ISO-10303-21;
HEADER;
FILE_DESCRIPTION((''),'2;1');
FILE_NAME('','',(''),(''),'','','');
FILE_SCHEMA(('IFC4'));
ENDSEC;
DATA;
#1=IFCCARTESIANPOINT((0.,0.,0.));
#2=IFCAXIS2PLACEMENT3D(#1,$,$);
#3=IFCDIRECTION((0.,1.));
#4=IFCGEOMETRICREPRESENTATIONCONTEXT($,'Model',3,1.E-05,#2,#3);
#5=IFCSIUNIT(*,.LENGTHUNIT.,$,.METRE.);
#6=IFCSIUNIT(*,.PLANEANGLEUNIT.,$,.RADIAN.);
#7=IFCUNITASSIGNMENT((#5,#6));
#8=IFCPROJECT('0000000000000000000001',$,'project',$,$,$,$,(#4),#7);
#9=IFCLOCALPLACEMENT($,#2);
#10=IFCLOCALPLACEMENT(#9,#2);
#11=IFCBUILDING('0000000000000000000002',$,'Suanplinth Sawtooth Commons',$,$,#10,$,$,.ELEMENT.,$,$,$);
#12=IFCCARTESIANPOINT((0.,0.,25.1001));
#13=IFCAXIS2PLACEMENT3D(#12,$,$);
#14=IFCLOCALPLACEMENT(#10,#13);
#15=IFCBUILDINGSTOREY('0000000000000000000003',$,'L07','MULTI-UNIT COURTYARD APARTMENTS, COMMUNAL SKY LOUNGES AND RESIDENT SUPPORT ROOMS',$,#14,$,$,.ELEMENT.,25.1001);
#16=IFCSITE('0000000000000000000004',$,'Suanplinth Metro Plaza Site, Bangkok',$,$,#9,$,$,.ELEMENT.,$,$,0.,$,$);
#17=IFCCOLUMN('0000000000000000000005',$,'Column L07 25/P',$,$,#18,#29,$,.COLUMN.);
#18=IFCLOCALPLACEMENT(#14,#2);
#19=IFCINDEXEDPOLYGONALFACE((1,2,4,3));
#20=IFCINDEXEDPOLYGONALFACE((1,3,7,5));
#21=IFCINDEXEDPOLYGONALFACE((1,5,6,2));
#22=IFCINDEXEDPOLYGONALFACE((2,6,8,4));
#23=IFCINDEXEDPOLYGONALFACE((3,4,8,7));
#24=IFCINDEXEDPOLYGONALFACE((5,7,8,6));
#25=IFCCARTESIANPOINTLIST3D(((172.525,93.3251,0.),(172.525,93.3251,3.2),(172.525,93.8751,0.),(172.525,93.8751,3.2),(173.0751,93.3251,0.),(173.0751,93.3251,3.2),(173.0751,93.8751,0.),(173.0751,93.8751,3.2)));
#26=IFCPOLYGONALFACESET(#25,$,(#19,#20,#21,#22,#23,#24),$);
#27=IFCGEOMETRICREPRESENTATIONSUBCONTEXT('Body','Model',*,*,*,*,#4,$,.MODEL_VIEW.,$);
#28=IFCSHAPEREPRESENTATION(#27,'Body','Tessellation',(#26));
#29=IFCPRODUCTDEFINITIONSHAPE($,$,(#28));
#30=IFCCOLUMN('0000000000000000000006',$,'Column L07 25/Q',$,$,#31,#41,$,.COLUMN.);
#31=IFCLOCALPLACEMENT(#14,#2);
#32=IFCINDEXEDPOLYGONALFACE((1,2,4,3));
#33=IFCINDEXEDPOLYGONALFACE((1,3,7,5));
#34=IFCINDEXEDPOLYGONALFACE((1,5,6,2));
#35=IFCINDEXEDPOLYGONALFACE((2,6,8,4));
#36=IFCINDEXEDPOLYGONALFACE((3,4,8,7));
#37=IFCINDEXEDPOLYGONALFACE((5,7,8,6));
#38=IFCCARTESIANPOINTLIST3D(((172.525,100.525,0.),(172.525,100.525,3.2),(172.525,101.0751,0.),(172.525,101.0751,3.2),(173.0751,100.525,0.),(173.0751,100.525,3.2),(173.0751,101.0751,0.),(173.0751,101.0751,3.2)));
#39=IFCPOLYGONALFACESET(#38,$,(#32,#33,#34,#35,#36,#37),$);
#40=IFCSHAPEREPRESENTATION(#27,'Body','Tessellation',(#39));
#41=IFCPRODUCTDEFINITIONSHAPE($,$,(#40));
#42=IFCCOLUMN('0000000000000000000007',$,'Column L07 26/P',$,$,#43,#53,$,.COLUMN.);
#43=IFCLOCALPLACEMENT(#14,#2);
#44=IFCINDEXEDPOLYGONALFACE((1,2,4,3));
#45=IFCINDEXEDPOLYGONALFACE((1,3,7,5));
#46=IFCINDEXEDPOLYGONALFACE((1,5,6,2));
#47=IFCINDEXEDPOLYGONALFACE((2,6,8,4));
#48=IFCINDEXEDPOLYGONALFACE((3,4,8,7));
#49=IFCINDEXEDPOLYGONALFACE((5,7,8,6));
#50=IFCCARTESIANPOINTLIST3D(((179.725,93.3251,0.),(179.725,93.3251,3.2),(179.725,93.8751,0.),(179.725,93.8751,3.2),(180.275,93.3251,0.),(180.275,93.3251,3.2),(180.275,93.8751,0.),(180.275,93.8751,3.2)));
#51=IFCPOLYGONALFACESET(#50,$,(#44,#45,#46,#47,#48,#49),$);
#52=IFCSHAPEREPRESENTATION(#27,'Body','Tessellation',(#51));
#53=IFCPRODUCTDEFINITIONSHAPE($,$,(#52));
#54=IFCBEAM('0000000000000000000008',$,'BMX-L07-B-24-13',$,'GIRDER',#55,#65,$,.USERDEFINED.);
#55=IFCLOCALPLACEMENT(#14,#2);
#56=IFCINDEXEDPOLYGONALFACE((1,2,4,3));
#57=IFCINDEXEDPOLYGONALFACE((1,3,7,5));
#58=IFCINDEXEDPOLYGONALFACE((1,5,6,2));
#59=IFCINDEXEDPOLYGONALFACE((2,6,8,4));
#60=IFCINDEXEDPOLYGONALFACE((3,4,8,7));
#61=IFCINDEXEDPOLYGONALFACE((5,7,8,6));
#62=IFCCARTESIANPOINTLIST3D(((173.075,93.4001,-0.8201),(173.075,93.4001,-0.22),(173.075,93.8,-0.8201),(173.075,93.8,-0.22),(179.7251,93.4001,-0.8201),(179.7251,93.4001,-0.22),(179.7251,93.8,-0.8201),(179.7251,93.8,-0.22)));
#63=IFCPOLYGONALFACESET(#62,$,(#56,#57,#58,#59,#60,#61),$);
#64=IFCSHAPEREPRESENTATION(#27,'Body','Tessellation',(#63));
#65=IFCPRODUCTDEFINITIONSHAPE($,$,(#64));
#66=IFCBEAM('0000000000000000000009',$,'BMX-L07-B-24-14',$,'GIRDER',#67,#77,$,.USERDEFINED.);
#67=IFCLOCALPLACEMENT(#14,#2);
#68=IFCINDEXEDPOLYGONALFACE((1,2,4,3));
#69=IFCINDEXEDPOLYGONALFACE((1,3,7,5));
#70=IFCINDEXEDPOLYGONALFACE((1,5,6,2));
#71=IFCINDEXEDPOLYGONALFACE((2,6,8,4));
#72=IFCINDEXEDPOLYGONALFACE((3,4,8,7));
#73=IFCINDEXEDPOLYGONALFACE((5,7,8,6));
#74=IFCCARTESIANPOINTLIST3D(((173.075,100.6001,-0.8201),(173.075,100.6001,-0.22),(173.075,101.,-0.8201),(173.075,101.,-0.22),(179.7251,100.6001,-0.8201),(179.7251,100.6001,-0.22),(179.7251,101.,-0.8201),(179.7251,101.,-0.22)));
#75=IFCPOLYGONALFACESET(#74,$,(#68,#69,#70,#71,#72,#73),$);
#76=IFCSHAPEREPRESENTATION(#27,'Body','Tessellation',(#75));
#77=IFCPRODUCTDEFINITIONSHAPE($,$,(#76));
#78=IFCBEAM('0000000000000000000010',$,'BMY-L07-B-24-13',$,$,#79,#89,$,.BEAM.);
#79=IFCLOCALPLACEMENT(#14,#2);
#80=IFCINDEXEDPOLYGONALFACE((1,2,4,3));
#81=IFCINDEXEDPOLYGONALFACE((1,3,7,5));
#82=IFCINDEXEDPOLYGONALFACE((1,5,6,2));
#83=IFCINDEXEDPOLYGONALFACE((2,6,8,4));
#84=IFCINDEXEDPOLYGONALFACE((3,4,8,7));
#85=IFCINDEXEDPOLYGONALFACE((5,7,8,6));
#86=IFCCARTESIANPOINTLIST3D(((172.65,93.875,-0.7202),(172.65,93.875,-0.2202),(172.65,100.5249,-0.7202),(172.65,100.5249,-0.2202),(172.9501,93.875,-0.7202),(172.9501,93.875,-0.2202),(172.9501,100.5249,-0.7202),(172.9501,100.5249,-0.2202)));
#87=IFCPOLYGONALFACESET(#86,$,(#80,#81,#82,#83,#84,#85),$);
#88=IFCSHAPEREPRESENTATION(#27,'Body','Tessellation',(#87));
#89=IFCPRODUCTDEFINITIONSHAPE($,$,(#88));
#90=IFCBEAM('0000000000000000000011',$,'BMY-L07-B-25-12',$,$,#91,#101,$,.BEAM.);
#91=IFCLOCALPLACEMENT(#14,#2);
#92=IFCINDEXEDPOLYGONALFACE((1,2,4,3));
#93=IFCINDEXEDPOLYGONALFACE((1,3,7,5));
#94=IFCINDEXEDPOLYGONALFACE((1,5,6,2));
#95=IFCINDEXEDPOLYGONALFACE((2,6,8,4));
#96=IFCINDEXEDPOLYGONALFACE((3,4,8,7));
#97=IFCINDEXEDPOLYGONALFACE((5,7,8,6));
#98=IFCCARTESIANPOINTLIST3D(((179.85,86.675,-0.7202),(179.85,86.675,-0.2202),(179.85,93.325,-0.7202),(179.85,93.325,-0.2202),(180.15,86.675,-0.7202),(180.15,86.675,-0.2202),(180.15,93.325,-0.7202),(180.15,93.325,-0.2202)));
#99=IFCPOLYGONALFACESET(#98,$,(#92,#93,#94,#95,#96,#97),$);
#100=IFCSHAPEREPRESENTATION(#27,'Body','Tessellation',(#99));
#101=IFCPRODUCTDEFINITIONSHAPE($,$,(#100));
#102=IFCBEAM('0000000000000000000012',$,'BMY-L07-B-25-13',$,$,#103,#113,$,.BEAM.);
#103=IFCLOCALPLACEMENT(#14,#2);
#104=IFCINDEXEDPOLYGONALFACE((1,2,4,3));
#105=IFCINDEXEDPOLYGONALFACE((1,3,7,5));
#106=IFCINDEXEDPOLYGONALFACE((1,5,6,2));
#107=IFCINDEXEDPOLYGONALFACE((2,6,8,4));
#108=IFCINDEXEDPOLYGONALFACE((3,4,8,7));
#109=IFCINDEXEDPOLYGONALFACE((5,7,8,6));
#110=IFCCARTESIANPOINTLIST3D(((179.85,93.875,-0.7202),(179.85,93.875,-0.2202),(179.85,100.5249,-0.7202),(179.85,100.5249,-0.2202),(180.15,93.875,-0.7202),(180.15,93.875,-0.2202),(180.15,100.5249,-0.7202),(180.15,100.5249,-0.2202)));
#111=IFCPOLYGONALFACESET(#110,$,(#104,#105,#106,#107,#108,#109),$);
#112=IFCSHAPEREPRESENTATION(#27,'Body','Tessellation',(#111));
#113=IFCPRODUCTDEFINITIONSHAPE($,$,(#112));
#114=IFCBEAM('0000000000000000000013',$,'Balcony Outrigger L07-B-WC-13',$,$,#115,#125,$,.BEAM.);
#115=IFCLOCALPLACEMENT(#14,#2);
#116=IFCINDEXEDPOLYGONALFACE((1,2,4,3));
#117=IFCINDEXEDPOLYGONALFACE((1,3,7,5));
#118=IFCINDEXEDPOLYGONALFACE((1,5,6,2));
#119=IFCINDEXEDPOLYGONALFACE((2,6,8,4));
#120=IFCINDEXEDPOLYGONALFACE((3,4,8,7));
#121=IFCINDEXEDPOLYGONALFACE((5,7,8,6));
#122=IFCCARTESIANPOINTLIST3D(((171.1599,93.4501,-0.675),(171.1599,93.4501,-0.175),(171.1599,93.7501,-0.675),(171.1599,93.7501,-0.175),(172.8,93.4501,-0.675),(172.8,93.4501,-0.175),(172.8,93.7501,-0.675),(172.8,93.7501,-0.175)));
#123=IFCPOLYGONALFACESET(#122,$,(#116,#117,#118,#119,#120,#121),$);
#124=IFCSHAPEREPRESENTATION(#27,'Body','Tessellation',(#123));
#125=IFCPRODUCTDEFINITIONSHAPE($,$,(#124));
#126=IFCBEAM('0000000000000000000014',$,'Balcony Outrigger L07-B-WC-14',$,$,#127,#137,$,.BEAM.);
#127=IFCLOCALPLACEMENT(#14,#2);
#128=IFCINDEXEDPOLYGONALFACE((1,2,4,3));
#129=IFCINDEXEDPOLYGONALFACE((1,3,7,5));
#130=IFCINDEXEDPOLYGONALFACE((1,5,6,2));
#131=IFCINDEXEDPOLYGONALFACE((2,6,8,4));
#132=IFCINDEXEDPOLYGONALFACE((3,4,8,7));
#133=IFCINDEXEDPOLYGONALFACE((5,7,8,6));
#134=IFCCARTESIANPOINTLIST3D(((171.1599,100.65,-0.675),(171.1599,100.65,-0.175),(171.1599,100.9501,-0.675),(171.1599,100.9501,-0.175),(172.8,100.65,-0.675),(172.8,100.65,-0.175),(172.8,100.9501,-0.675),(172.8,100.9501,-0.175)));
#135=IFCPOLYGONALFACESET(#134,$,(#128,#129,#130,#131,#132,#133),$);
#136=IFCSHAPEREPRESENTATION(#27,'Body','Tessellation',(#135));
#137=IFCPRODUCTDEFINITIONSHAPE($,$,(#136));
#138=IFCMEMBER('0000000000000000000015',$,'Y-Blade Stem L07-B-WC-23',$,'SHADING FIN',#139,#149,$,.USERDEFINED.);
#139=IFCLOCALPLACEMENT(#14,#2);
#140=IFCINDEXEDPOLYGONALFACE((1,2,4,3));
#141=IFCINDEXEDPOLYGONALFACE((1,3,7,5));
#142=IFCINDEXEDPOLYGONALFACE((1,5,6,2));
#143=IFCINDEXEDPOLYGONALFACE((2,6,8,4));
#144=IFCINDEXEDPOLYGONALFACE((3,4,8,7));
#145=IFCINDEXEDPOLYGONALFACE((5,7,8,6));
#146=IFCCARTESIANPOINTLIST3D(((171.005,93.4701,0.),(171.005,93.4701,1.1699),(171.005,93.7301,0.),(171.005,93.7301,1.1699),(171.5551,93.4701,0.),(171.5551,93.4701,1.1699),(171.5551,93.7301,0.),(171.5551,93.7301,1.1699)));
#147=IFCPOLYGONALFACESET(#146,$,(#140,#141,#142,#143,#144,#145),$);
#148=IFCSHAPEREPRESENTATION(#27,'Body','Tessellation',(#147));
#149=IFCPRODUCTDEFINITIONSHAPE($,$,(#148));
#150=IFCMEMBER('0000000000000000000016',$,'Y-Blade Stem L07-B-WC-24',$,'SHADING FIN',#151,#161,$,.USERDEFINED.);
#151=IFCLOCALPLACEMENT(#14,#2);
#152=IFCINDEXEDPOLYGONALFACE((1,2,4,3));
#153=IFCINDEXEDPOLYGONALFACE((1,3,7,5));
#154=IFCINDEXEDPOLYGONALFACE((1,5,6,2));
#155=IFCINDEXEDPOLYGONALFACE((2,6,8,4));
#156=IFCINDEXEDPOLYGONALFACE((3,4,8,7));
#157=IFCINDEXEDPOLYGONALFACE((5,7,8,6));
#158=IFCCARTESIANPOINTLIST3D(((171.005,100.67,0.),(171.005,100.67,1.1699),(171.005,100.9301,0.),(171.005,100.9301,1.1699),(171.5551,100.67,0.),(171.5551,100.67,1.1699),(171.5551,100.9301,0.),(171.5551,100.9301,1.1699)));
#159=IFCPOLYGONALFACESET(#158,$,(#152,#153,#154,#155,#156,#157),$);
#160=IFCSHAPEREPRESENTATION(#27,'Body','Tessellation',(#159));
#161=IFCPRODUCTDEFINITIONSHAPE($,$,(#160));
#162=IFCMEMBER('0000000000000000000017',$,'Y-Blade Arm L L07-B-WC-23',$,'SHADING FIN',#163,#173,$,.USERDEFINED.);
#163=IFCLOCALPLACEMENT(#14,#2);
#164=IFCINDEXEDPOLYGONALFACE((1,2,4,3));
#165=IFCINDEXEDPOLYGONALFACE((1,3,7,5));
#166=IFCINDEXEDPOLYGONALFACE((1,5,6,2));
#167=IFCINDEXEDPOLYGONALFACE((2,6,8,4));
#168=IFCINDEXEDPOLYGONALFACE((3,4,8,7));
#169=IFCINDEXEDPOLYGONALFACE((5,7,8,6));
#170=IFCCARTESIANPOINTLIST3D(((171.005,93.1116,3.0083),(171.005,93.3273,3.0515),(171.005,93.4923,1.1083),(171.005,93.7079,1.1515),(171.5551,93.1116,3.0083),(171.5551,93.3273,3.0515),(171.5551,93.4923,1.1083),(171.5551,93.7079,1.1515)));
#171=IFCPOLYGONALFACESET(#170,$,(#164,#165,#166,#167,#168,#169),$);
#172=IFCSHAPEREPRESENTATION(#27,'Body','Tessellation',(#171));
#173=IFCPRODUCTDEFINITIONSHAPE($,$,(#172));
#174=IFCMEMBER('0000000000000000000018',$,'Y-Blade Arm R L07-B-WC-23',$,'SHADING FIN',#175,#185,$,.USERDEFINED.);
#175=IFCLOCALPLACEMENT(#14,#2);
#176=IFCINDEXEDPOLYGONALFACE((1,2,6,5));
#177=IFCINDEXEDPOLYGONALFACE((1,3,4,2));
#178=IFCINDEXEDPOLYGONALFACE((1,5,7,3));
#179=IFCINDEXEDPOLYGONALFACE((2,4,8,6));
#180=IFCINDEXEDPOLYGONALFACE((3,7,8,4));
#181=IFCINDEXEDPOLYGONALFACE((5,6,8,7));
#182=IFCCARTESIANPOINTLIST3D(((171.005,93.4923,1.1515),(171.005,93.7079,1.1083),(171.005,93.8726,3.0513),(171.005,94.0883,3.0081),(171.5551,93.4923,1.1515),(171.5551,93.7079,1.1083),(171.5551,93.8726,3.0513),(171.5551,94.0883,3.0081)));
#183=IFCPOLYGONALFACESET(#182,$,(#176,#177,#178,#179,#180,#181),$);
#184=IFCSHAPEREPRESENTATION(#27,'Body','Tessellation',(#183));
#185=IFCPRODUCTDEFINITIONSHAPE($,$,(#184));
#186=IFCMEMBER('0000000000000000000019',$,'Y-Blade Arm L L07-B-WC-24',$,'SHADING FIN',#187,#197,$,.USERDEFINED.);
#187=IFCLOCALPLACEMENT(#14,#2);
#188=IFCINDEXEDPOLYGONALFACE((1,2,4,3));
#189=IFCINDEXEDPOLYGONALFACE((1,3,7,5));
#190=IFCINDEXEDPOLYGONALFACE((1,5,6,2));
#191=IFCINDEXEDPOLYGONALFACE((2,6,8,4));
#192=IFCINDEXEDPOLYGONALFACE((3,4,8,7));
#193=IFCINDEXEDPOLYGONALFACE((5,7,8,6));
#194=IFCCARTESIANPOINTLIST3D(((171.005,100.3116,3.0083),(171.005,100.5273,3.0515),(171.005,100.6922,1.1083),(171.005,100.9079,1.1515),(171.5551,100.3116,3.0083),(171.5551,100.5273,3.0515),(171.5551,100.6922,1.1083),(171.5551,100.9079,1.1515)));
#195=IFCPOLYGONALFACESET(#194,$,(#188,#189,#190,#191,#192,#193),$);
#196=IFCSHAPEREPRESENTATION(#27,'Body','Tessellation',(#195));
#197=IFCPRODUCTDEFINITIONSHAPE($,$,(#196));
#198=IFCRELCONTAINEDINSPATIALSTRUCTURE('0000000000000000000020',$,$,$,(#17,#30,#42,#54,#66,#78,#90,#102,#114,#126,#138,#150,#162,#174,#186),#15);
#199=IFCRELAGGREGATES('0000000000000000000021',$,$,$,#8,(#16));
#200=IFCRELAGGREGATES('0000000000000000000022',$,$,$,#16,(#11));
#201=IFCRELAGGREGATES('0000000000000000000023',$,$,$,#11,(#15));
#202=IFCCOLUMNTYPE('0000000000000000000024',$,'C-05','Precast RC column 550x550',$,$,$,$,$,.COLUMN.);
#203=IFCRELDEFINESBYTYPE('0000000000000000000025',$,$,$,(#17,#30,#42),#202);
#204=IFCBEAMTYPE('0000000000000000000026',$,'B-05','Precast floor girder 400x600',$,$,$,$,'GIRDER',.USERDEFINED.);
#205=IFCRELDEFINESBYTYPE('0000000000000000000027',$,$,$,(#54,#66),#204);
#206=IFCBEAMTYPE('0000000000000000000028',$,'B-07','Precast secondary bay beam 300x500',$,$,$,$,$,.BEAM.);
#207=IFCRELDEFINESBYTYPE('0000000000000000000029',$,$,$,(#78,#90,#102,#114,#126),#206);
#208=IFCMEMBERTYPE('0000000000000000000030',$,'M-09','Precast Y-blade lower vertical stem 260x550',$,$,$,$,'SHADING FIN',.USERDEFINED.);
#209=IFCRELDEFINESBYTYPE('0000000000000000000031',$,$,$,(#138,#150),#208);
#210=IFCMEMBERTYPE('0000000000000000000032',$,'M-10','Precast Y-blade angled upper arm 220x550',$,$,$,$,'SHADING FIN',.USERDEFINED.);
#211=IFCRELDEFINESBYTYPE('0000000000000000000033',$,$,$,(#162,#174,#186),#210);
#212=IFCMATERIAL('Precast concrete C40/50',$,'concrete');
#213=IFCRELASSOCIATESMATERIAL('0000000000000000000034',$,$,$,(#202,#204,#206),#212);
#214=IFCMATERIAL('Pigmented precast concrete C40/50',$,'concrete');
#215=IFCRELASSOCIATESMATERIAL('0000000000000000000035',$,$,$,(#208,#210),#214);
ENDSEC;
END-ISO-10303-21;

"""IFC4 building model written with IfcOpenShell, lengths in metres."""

from ifc_helpers import new_model, si_unit, direction, frame, origin, origin_2d, place, context, subcontext, project, spatial, rectangle, extrude, material, material_profile, profile_set, type_object, element, save


model = new_model("IFC4")

# Units and contexts
model_context = context("Model", 3, precision=1e-05, world=origin(), true_north=direction((0.0, 1.0)))
body_context = subcontext(model_context, "Body", "Model", "MODEL_VIEW")
ifc_project = project(units=[si_unit("LENGTHUNIT", "METRE"), si_unit("PLANEANGLEUNIT", "RADIAN")], contexts=[model_context])

# Site, building, storey
site_placement = place(None, origin())
site = spatial("IfcSite", under=ifc_project, at=site_placement, Name="Suanplinth Metro Plaza Site, Bangkok", CompositionType="ELEMENT", RefElevation=0.0)
building_placement = place(site_placement, origin())
building = spatial("IfcBuilding", under=site, at=building_placement, Name="Suanplinth Sawtooth Commons", CompositionType="ELEMENT")
storey_placement = place(building_placement, frame((0.0, 0.0, 25.1001)))
storey = spatial("IfcBuildingStorey", under=building, at=storey_placement, Name="L07", Description="MULTI-UNIT COURTYARD APARTMENTS, COMMUNAL SKY LOUNGES AND RESIDENT SUPPORT ROOMS", CompositionType="ELEMENT", Elevation=25.1001)

# Columns
ifc_material_1 = material(Name="Precast concrete C40/50", Category="concrete")
ifc_material_profile_1 = material_profile(ifc_material_1, rectangle(XDim=0.55, YDim=0.55, at=origin_2d()), Name="PC-COL 550x550")
ifc_profile_set_1 = profile_set([ifc_material_profile_1], Name="Precast concrete C40/50")
column_type = type_object("IfcColumnType", Name="C-05", Description="Precast RC column 550x550", PredefinedType="COLUMN", material=ifc_profile_set_1)
for number, where, z_axis, x_axis, name in (
    (1, (172.8, 93.6001, 0.0), (0.0, 0.0, 1.0), (1.0, 0.0, 0.0), "Column L07 25/P"),
    (2, (172.8, 100.8, 0.0), (0.0, 0.0, 1.0), (1.0, 0.0, 0.0), "Column L07 25/Q"),
    (3, (180.0, 93.6001, 0.0), (0.0, 0.0, 1.0), (1.0, 0.0, 0.0), "Column L07 26/P"),
):
    element("IfcColumn", number, at=place(storey_placement, frame(where, z_axis=z_axis, x_axis=x_axis)), inside=storey, type_object=column_type, Name=name, PredefinedType="COLUMN", context=body_context, shape_type="SweptSolid", body=[
        extrude(rectangle(XDim=0.55, YDim=0.55, at=origin_2d()), origin(), (0.0, 0.0, 1.0), 3.2),
    ])

# Beams
ifc_material_profile_2 = material_profile(ifc_material_1, rectangle(XDim=0.3999, YDim=0.6001, at=origin_2d()), Name="PC-GDR 400x600")
ifc_profile_set_2 = profile_set([ifc_material_profile_2], Name="Precast concrete C40/50")
beam_type_1 = type_object("IfcBeamType", Name="B-05", Description="Precast floor girder 400x600", ElementType="GIRDER", PredefinedType="USERDEFINED", material=ifc_profile_set_2)
for number, where, z_axis, x_axis, name in (
    (4, (173.075, 93.6001, -0.52), (1.0, 0.0, 0.0), (0.0, 1.0, 0.0), "BMX-L07-B-24-13"),
    (5, (173.075, 100.8, -0.52), (1.0, 0.0, 0.0), (0.0, 1.0, 0.0), "BMX-L07-B-24-14"),
):
    element("IfcBeam", number, at=place(storey_placement, frame(where, z_axis=z_axis, x_axis=x_axis)), inside=storey, type_object=beam_type_1, Name=name, ObjectType="GIRDER", PredefinedType="USERDEFINED", context=body_context, shape_type="SweptSolid", body=[
        extrude(rectangle(XDim=0.3999, YDim=0.6001, at=origin_2d()), origin(), (0.0, 0.0, 1.0), 6.6501),
    ])
ifc_material_profile_3 = material_profile(ifc_material_1, rectangle(XDim=0.3, YDim=0.5, at=origin_2d()), Name="PC-BM 300x500")
ifc_profile_set_3 = profile_set([ifc_material_profile_3], Name="Precast concrete C40/50")
beam_type_2 = type_object("IfcBeamType", Name="B-07", Description="Precast secondary bay beam 300x500", PredefinedType="BEAM", material=ifc_profile_set_3)
for number, where, z_axis, x_axis, name in (
    (6, (172.8, 93.875, -0.4702), (0.0, 1.0, 0.0), (-1.0, 0.0, 0.0), "BMY-L07-B-24-13"),
    (7, (180.0, 86.675, -0.4702), (0.0, 1.0, 0.0), (-1.0, 0.0, 0.0), "BMY-L07-B-25-12"),
    (8, (180.0, 93.875, -0.4702), (0.0, 1.0, 0.0), (-1.0, 0.0, 0.0), "BMY-L07-B-25-13"),
):
    element("IfcBeam", number, at=place(storey_placement, frame(where, z_axis=z_axis, x_axis=x_axis)), inside=storey, type_object=beam_type_2, Name=name, PredefinedType="BEAM", context=body_context, shape_type="SweptSolid", body=[
        extrude(rectangle(XDim=0.3, YDim=0.5, at=origin_2d()), origin(), (0.0, 0.0, 1.0), 6.6499),
    ])
for number, where, z_axis, x_axis, name in (
    (9, (172.8, 93.6001, -0.425), (-1.0, 0.0, 0.0), (0.0, -1.0, 0.0), "Balcony Outrigger L07-B-WC-13"),
    (10, (172.8, 100.8, -0.425), (-1.0, 0.0, 0.0), (0.0, -1.0, 0.0), "Balcony Outrigger L07-B-WC-14"),
):
    element("IfcBeam", number, at=place(storey_placement, frame(where, z_axis=z_axis, x_axis=x_axis)), inside=storey, type_object=beam_type_2, Name=name, PredefinedType="BEAM", context=body_context, shape_type="SweptSolid", body=[
        extrude(rectangle(XDim=0.3, YDim=0.5, at=origin_2d()), origin(), (0.0, 0.0, 1.0), 1.6401),
    ])

# Members
ifc_material_2 = material(Name="Pigmented precast concrete C40/50", Category="concrete")
ifc_material_profile_4 = material_profile(ifc_material_2, rectangle(XDim=0.26, YDim=0.55, at=origin_2d()), Name="PC-FIN 260x550")
ifc_profile_set_4 = profile_set([ifc_material_profile_4], Name="Pigmented precast concrete C40/50")
member_type_1 = type_object("IfcMemberType", Name="M-09", Description="Precast Y-blade lower vertical stem 260x550", ElementType="SHADING FIN", PredefinedType="USERDEFINED", material=ifc_profile_set_4)
for number, where, z_axis, x_axis, name in (
    (11, (171.28, 93.6001, 0.0), (0.0, 0.0, 1.0), (0.0, 1.0, 0.0), "Y-Blade Stem L07-B-WC-23"),
    (12, (171.28, 100.8, 0.0), (0.0, 0.0, 1.0), (0.0, 1.0, 0.0), "Y-Blade Stem L07-B-WC-24"),
):
    element("IfcMember", number, at=place(storey_placement, frame(where, z_axis=z_axis, x_axis=x_axis)), inside=storey, type_object=member_type_1, Name=name, ObjectType="SHADING FIN", PredefinedType="USERDEFINED", context=body_context, shape_type="SweptSolid", body=[
        extrude(rectangle(XDim=0.26, YDim=0.55, at=origin_2d()), origin(), (0.0, 0.0, 1.0), 1.1699),
    ])
ifc_material_profile_5 = material_profile(ifc_material_2, rectangle(XDim=0.22, YDim=0.55, at=origin_2d()), Name="PC-FIN 220x550")
ifc_profile_set_5 = profile_set([ifc_material_profile_5], Name="Pigmented precast concrete C40/50")
member_type_2 = type_object("IfcMemberType", Name="M-10", Description="Precast Y-blade angled upper arm 220x550", ElementType="SHADING FIN", PredefinedType="USERDEFINED", material=ifc_profile_set_5)
member_1_placement = place(storey_placement, frame((171.28, 93.6001, 1.1299), z_axis=(0.0, -0.196431, 0.980518), x_axis=(0.0, 0.980518, 0.196431)))
element("IfcMember", 13, at=member_1_placement, inside=storey, type_object=member_type_2, Name="Y-Blade Arm L L07-B-WC-23", ObjectType="SHADING FIN", PredefinedType="USERDEFINED", context=body_context, shape_type="SweptSolid", body=[
    extrude(rectangle(XDim=0.22, YDim=0.55, at=origin_2d()), origin(), (0.0, 0.0, 1.0), 1.9377),
])
member_2_placement = place(storey_placement, frame((171.28, 93.6001, 1.1299), z_axis=(0.0, 0.19631, 0.980542), x_axis=(0.0, -0.980542, 0.19631)))
element("IfcMember", 14, at=member_2_placement, inside=storey, type_object=member_type_2, Name="Y-Blade Arm R L07-B-WC-23", ObjectType="SHADING FIN", PredefinedType="USERDEFINED", context=body_context, shape_type="SweptSolid", body=[
    extrude(rectangle(XDim=0.22, YDim=0.55, at=origin_2d()), origin(), (0.0, 0.0, 1.0), 1.9375),
])
member_3_placement = place(storey_placement, frame((171.28, 100.8, 1.1299), z_axis=(0.0, -0.196431, 0.980518), x_axis=(0.0, 0.980518, 0.196431)))
element("IfcMember", 15, at=member_3_placement, inside=storey, type_object=member_type_2, Name="Y-Blade Arm L L07-B-WC-24", ObjectType="SHADING FIN", PredefinedType="USERDEFINED", context=body_context, shape_type="SweptSolid", body=[
    extrude(rectangle(XDim=0.22, YDim=0.55, at=origin_2d()), origin(), (0.0, 0.0, 1.0), 1.9377),
])

save(model, "model.ifc")
